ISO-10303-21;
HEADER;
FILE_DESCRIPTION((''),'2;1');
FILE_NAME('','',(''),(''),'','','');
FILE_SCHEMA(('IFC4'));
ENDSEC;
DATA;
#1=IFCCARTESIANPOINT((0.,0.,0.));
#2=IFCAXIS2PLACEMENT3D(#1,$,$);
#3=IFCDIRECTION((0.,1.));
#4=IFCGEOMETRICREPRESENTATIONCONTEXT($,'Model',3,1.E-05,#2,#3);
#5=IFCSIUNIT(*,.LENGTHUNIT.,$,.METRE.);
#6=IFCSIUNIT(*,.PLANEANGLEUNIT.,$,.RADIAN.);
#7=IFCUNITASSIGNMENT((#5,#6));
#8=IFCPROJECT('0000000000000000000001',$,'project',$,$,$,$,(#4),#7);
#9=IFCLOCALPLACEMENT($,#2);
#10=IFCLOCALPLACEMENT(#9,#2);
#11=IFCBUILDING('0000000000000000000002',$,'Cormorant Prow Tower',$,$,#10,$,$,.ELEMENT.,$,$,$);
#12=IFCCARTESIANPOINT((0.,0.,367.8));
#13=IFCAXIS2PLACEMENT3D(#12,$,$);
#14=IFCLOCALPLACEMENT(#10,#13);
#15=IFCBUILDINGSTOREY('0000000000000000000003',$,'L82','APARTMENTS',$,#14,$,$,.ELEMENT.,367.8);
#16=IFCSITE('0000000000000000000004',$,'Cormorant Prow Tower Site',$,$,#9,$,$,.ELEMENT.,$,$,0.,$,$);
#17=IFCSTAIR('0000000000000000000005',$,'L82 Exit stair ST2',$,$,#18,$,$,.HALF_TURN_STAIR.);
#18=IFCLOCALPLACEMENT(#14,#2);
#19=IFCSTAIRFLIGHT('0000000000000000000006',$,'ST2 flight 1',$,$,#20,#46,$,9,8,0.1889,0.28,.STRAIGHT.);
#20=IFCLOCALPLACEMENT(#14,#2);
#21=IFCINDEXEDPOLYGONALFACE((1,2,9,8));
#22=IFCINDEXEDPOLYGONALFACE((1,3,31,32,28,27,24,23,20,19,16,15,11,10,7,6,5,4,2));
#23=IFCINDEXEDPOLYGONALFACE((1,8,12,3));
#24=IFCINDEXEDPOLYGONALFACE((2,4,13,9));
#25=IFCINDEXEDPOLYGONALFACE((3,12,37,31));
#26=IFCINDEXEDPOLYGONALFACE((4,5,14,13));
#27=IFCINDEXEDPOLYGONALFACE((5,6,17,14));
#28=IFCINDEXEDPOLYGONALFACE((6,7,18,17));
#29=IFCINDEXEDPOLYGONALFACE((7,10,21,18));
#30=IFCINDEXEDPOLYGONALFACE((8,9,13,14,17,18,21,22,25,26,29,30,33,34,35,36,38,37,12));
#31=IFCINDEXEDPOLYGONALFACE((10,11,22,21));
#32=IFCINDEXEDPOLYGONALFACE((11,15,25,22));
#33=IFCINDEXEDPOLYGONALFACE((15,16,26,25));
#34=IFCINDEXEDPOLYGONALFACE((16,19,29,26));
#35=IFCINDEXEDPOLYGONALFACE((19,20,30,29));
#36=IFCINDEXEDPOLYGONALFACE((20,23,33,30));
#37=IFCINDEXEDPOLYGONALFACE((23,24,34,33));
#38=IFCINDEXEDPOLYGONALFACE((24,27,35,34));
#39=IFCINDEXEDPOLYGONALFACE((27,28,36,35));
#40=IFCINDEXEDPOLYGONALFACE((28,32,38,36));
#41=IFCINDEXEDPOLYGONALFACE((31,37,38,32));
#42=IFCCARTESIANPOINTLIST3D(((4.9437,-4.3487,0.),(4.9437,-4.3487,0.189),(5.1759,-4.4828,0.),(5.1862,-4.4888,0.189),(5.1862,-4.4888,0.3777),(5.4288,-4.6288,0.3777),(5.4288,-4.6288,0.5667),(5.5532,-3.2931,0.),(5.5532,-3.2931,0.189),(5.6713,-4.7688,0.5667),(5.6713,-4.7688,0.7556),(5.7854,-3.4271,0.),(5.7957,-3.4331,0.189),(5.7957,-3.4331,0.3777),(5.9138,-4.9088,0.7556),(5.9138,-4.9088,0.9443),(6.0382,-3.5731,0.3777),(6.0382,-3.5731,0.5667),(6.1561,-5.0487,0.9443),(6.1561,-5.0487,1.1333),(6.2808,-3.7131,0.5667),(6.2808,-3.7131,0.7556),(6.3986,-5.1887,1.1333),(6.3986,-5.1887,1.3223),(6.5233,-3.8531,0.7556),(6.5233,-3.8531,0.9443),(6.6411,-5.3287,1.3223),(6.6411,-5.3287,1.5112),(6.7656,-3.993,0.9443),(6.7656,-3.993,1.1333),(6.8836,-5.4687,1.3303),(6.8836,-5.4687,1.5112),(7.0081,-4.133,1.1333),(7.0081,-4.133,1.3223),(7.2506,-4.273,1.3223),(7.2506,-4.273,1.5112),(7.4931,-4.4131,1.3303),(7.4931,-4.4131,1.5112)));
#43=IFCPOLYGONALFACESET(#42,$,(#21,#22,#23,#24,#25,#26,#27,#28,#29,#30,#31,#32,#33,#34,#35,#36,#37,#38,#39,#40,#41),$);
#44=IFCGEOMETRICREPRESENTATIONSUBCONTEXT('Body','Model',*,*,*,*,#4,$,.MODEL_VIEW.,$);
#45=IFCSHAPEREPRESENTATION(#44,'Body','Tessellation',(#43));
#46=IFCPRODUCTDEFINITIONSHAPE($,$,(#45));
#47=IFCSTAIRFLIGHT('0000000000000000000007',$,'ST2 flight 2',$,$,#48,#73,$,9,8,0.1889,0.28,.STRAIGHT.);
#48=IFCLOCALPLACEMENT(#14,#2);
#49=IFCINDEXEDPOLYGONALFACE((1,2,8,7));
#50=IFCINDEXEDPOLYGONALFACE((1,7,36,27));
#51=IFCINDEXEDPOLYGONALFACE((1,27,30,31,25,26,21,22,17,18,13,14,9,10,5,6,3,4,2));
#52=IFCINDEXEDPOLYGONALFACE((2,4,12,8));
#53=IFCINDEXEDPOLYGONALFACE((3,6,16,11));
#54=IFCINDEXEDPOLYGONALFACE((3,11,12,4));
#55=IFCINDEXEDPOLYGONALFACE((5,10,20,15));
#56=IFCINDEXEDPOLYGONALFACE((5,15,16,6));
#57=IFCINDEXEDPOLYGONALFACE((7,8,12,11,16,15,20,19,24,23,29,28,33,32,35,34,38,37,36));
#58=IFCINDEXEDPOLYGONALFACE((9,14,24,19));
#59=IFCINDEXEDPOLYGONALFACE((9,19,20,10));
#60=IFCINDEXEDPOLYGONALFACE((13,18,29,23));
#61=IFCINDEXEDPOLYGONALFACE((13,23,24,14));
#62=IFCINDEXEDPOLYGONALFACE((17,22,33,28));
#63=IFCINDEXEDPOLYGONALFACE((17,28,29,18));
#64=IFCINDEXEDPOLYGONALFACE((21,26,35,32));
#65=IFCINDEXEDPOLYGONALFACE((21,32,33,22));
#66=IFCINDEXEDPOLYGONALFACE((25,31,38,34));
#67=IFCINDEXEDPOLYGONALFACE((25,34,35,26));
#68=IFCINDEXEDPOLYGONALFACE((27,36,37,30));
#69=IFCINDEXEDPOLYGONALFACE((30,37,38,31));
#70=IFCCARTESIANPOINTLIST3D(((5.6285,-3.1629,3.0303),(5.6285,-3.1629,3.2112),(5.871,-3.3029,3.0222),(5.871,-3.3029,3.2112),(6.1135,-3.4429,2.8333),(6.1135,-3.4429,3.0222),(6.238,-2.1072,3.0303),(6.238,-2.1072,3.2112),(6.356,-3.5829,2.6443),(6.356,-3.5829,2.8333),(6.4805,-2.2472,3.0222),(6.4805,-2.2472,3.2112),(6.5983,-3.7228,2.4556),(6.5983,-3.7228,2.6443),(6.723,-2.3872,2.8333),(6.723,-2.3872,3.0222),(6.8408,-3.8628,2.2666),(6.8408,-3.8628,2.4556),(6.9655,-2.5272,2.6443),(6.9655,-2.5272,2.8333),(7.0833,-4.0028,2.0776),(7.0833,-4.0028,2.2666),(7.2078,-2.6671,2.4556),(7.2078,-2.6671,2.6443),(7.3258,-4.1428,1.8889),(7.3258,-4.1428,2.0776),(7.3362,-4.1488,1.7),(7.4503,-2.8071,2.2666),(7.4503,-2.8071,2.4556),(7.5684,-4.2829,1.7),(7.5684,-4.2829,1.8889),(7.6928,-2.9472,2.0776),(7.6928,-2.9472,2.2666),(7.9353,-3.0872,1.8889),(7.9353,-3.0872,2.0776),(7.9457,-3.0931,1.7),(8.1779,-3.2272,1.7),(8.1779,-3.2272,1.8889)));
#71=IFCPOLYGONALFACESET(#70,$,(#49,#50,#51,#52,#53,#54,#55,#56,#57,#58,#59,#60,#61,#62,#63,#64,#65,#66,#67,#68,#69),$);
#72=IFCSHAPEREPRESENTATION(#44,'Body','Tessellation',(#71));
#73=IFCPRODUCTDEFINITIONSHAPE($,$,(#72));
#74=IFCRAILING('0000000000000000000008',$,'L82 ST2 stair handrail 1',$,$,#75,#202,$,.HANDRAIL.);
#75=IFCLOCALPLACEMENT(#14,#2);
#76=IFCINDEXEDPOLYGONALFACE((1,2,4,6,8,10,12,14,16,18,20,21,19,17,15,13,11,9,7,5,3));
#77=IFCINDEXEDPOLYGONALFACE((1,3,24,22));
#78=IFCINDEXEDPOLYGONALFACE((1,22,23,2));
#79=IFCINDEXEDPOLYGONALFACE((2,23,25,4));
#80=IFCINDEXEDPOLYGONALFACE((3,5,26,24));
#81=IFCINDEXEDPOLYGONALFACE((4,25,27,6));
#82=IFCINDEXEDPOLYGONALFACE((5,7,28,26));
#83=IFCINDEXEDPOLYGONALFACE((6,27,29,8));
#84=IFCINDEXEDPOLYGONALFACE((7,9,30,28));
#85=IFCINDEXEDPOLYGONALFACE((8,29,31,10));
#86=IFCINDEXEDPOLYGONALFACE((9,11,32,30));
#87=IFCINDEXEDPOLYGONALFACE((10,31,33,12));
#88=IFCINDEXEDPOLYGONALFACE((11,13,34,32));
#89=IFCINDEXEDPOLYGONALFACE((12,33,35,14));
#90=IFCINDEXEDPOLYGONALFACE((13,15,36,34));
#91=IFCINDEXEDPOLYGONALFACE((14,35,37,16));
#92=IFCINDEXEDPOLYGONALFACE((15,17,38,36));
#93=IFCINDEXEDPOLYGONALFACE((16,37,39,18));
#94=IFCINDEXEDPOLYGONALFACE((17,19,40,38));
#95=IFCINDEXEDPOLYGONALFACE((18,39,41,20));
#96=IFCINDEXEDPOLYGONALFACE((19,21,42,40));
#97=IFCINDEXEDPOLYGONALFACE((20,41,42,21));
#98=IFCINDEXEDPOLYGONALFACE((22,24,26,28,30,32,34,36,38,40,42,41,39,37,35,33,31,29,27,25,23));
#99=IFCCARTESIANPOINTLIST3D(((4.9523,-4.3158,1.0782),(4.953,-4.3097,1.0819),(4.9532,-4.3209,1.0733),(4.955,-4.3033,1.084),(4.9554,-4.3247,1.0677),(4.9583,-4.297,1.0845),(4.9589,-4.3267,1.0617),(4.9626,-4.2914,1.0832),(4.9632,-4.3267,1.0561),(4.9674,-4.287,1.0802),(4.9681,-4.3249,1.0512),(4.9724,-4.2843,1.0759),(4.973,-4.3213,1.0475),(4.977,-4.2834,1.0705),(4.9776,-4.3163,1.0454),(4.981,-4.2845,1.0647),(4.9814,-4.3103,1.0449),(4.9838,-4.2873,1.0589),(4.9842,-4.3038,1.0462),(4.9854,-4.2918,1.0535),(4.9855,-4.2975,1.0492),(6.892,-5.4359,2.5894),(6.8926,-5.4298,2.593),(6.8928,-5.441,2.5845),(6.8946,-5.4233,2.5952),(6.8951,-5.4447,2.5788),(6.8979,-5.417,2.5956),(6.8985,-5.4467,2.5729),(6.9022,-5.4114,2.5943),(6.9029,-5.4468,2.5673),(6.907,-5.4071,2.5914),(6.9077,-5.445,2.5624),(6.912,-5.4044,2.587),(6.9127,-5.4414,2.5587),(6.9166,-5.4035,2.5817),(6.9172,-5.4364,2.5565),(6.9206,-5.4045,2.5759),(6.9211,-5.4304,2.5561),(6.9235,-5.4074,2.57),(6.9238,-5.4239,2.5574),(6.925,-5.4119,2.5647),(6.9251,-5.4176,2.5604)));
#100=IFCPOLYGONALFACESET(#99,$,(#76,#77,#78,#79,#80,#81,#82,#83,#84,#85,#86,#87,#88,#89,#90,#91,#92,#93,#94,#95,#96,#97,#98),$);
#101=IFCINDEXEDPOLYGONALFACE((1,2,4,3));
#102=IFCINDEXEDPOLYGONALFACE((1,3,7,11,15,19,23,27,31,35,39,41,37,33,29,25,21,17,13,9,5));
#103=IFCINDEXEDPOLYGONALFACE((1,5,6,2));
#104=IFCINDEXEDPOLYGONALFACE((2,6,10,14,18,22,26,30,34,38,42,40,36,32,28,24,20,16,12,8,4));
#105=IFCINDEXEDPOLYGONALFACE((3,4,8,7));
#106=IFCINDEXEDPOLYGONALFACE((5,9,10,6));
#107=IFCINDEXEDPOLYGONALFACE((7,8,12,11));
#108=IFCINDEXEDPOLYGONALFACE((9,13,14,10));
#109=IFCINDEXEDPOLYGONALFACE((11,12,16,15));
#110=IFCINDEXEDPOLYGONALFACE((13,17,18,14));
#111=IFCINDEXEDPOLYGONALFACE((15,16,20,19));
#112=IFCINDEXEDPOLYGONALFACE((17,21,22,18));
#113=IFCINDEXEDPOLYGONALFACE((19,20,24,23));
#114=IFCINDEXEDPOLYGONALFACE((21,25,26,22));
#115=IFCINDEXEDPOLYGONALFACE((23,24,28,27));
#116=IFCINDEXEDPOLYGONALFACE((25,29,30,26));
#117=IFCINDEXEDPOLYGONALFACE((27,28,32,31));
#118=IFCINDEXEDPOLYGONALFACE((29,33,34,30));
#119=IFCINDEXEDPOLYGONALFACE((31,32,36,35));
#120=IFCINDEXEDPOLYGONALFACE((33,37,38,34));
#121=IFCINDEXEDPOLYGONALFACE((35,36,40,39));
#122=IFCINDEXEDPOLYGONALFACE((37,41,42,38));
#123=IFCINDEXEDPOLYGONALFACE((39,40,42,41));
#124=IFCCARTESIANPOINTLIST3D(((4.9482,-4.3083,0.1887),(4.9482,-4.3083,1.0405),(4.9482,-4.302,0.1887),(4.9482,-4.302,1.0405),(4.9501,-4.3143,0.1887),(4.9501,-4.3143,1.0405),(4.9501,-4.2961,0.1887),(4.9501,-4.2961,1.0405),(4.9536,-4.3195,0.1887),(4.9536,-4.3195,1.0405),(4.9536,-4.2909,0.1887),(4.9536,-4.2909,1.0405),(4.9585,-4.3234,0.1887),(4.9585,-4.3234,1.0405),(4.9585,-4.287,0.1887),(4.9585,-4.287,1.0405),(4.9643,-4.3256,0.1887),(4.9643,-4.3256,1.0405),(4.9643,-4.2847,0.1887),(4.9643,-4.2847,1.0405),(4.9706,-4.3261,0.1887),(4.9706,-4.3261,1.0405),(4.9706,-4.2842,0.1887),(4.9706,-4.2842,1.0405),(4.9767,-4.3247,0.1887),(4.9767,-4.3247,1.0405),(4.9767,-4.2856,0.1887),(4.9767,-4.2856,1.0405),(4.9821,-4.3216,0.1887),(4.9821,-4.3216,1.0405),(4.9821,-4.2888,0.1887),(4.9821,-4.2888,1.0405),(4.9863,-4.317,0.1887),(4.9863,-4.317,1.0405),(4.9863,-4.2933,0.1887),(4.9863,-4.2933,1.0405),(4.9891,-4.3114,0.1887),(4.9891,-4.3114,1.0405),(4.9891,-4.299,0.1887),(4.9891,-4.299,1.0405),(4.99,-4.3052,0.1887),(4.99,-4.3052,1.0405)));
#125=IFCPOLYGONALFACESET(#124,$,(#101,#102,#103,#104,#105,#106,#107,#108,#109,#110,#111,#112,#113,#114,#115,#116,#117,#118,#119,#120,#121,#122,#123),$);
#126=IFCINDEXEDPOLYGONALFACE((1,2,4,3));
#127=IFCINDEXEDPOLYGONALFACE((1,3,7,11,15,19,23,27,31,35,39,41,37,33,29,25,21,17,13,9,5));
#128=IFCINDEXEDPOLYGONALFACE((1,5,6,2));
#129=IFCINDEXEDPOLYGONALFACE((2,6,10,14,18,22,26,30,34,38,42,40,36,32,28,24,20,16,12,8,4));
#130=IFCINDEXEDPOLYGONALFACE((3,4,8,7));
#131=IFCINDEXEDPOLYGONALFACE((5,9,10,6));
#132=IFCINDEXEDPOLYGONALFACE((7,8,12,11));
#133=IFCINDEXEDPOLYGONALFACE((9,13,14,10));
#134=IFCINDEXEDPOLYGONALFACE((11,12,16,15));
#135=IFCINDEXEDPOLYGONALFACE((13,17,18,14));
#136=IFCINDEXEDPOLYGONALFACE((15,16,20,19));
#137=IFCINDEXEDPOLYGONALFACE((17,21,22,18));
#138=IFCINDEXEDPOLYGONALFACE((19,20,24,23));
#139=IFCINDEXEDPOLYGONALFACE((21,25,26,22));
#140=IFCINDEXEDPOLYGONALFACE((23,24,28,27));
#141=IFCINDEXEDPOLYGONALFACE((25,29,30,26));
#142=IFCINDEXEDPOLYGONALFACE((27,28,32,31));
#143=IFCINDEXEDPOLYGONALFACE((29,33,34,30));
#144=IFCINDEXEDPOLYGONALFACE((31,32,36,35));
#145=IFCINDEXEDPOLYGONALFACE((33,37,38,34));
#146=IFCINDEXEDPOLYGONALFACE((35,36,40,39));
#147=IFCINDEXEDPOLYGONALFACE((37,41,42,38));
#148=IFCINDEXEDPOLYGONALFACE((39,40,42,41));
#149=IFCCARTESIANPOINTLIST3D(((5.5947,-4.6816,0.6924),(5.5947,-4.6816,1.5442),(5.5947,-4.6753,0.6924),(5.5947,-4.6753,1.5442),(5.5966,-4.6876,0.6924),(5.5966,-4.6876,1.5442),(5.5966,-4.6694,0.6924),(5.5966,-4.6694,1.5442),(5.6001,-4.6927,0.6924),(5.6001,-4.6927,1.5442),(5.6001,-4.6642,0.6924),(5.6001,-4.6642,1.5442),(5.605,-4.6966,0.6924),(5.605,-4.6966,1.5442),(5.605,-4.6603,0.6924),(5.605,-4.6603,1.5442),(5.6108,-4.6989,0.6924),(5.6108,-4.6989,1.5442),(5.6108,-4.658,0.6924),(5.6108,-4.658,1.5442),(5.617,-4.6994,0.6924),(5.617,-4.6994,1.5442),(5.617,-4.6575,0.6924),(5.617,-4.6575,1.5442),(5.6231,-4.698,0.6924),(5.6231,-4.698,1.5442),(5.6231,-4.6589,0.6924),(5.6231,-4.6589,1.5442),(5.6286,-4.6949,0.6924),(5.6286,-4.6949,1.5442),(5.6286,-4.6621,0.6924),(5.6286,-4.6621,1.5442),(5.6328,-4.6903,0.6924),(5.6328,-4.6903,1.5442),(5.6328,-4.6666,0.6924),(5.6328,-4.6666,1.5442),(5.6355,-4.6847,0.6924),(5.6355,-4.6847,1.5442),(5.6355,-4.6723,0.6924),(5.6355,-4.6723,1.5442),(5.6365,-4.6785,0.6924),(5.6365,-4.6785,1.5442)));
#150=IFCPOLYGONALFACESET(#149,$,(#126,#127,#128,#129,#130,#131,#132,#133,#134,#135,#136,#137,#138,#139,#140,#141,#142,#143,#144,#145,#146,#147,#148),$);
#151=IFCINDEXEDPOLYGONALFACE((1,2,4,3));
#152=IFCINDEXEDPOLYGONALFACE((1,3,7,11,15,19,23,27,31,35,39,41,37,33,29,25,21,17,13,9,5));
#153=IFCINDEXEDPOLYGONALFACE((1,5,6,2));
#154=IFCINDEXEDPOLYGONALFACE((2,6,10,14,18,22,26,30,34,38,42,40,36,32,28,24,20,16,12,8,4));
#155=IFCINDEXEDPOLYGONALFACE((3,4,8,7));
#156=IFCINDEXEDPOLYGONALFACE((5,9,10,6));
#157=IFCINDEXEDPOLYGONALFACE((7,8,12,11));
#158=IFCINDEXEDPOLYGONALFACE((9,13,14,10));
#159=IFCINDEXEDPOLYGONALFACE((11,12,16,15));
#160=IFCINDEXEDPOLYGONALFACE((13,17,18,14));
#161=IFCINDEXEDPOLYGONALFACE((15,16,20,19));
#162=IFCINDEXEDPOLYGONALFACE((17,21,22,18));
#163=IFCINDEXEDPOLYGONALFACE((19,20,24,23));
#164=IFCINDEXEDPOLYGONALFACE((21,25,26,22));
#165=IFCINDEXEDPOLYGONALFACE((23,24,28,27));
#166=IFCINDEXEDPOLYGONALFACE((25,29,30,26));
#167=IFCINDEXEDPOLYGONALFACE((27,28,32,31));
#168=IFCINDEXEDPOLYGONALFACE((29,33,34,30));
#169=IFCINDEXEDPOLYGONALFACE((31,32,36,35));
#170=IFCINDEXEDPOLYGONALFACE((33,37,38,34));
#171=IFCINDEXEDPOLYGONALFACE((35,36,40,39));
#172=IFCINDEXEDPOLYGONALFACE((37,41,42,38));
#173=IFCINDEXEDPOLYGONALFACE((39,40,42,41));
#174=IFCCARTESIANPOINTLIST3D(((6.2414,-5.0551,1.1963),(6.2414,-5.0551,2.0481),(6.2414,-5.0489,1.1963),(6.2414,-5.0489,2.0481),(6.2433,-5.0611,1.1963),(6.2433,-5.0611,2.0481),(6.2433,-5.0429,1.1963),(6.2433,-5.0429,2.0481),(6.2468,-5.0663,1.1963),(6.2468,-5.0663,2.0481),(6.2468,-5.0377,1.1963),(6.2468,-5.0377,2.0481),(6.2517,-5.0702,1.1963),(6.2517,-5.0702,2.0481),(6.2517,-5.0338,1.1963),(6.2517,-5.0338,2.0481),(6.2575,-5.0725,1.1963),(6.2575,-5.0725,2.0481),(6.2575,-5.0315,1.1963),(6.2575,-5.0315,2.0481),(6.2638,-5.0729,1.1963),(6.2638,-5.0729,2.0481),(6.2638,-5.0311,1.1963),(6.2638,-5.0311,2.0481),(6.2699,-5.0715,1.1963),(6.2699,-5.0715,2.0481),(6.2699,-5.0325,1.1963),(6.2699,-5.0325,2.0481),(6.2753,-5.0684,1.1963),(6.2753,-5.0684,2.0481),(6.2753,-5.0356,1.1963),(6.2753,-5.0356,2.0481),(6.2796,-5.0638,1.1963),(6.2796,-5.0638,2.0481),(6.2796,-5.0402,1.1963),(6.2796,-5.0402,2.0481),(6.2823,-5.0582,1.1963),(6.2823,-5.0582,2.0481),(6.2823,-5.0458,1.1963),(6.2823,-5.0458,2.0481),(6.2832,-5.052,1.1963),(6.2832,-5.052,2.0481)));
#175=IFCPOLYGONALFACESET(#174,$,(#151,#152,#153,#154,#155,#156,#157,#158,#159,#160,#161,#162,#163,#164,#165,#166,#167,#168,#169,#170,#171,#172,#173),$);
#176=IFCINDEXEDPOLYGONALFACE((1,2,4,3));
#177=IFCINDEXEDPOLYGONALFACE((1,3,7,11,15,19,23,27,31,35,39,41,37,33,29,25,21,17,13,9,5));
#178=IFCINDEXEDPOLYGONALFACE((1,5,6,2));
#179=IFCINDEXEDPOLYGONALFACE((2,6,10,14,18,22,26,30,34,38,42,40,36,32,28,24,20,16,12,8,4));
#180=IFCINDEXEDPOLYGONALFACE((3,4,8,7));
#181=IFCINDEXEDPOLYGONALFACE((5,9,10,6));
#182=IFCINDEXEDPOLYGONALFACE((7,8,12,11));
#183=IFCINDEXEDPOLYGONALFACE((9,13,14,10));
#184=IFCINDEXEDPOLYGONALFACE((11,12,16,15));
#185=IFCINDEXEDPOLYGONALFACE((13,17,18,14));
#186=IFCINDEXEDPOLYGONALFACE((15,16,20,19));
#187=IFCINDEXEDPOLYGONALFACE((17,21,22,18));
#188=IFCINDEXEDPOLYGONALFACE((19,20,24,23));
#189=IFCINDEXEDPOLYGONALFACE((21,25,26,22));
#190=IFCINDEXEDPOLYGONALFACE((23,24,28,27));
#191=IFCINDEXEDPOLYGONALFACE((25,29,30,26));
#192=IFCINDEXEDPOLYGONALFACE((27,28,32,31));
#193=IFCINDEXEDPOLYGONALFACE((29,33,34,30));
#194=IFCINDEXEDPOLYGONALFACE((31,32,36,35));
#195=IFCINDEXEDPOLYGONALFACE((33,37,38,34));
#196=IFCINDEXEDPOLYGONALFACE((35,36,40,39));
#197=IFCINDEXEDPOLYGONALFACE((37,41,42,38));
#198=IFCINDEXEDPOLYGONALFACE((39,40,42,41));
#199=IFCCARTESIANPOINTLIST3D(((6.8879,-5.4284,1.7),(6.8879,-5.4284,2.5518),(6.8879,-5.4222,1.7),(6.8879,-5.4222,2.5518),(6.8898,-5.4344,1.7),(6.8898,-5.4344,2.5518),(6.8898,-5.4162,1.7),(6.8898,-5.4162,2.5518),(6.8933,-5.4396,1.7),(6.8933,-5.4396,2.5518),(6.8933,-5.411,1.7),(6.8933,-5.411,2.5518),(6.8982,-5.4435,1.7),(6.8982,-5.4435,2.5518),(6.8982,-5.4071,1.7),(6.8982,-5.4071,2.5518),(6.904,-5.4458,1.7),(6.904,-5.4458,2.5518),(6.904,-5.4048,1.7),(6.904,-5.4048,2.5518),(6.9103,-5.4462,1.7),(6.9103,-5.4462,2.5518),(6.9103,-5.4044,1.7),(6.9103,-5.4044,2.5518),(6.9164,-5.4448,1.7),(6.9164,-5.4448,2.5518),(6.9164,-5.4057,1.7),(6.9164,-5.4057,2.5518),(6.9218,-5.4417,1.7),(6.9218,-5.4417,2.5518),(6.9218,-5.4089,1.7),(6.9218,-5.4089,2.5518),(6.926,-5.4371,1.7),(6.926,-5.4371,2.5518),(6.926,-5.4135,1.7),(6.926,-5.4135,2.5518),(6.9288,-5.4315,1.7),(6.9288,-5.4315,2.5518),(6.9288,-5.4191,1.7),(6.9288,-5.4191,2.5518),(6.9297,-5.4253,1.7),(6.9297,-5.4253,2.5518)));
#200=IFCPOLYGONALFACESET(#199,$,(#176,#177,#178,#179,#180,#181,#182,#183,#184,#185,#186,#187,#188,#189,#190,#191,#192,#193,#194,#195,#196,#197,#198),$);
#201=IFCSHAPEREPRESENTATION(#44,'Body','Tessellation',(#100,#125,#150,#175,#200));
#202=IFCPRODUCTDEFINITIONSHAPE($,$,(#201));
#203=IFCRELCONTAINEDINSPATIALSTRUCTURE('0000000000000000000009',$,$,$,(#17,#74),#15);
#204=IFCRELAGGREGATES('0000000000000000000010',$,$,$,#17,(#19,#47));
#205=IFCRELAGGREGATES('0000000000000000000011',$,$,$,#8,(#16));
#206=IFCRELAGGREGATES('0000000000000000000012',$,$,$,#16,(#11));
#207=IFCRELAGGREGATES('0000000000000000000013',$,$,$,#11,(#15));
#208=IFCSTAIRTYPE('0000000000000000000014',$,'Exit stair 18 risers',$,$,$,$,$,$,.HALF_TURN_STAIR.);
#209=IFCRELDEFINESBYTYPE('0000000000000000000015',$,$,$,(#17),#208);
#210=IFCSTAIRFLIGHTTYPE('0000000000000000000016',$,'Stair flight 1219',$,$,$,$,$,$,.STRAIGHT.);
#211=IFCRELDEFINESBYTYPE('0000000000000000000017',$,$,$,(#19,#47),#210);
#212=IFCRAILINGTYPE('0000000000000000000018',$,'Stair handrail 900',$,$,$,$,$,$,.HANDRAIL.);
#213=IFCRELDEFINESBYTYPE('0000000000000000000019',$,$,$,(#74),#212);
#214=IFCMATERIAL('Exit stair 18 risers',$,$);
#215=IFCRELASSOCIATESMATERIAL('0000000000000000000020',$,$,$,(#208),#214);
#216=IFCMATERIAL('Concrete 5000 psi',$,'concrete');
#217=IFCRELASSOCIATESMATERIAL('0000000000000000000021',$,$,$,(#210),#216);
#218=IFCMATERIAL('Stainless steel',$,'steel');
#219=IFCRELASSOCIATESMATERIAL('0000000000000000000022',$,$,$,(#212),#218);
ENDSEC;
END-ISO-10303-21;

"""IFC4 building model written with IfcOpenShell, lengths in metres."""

from ifc_helpers import new_model, si_unit, direction, frame, origin, origin_2d, place, context, subcontext, project, spatial, polyline, circle, outline, extrude, material, type_object, element, aggregate, save


model = new_model("IFC4")

# Units and contexts
model_context = context("Model", 3, precision=1e-05, world=origin(), true_north=direction((0.0, 1.0)))
body_context = subcontext(model_context, "Body", "Model", "MODEL_VIEW")
ifc_project = project(units=[si_unit("LENGTHUNIT", "METRE"), si_unit("PLANEANGLEUNIT", "RADIAN")], contexts=[model_context])

# Site, building, storey
site_placement = place(None, origin())
site = spatial("IfcSite", under=ifc_project, at=site_placement, Name="Cormorant Prow Tower Site", CompositionType="ELEMENT", RefElevation=0.0)
building_placement = place(site_placement, origin())
building = spatial("IfcBuilding", under=site, at=building_placement, Name="Cormorant Prow Tower", CompositionType="ELEMENT")
storey_placement = place(building_placement, frame((0.0, 0.0, 367.8)))
storey = spatial("IfcBuildingStorey", under=building, at=storey_placement, Name="L82", Description="APARTMENTS", CompositionType="ELEMENT", Elevation=367.8)

# Stair, stair flights
ifc_material_1 = material(Name="Exit stair 18 risers")
stair_type = type_object("IfcStairType", Name="Exit stair 18 risers", PredefinedType="HALF_TURN_STAIR", material=ifc_material_1)
stair_placement = place(storey_placement, origin())
stair = element("IfcStair", 1, at=stair_placement, inside=storey, type_object=stair_type, Name="L82 Exit stair ST2", PredefinedType="HALF_TURN_STAIR")
ifc_material_2 = material(Name="Concrete 5000 psi", Category="concrete")
stair_flight_type = type_object("IfcStairFlightType", Name="Stair flight 1219", PredefinedType="STRAIGHT", material=ifc_material_2)
stair_flight_1_placement = place(storey_placement, frame((5.2485, -3.8208, 0.0), z_axis=(0.0, 0.0, 1.0), x_axis=(0.866025, -0.5, 0.0)))
stair_flight_1 = element("IfcStairFlight", 2, at=stair_flight_1_placement, type_object=stair_flight_type, Name="ST2 flight 1", NumberOfRisers=9, NumberOfTreads=8, PredefinedType="STRAIGHT", RiserHeight=0.1889, TreadLength=0.28, context=body_context, shape_type="SweptSolid", body=[
    extrude(outline(polyline([(0.0, 0.0), (0.0, 0.189), (0.28, 0.189), (0.28, 0.3777), (0.5601, 0.3777), (0.5601, 0.5667), (0.8401, 0.5667), (0.8401, 0.7556), (1.1201, 0.7556), (1.1201, 0.9443), (1.3999, 0.9443), (1.3999, 1.1333), (1.6799, 1.1333), (1.6799, 1.3223), (1.96, 1.3223), (1.96, 1.5112), (2.24, 1.5112), (2.24, 1.7), (2.24, 1.3303), (0.2681, 0.0), (0.0, 0.0)])), frame((0.0, 0.6094, 0.0), z_axis=(0.0, -1.0, 0.0), x_axis=(1.0, 0.0, 0.0)), (0.0, 0.0, 1.0), 1.219),
])
stair_flight_2_placement = place(storey_placement, frame((7.873, -3.7551, 1.7), z_axis=(0.0, 0.0, 1.0), x_axis=(-0.866025, 0.5, 0.0)))
stair_flight_2 = element("IfcStairFlight", 3, at=stair_flight_2_placement, type_object=stair_flight_type, Name="ST2 flight 2", NumberOfRisers=9, NumberOfTreads=8, PredefinedType="STRAIGHT", RiserHeight=0.1889, TreadLength=0.28, context=body_context, shape_type="SweptSolid", body=[
    extrude(outline(polyline([(0.0, 0.0), (0.0, 0.189), (0.28, 0.189), (0.28, 0.3777), (0.5601, 0.3777), (0.5601, 0.5667), (0.8401, 0.5667), (0.8401, 0.7556), (1.1201, 0.7556), (1.1201, 0.9443), (1.3999, 0.9443), (1.3999, 1.1333), (1.6799, 1.1333), (1.6799, 1.3223), (1.96, 1.3223), (1.96, 1.5112), (2.24, 1.5112), (2.24, 1.7), (2.24, 1.3303), (0.2681, 0.0), (0.0, 0.0)])), frame((0.0, 0.6094, 0.0), z_axis=(0.0, -1.0, 0.0), x_axis=(1.0, 0.0, 0.0)), (0.0, 0.0, 1.0), 1.219),
])
aggregate(stair, [stair_flight_1, stair_flight_2])

# Railing
ifc_material_3 = material(Name="Stainless steel", Category="steel")
railing_type = type_object("IfcRailingType", Name="Stair handrail 900", PredefinedType="HANDRAIL", material=ifc_material_3)
railing_1_placement = place(storey_placement, frame((4.969, -4.3052, 0.1887)))
element("IfcRailing", 4, at=railing_1_placement, inside=storey, type_object=railing_type, Name="L82 ST2 stair handrail 1", PredefinedType="HANDRAIL", context=body_context, shape_type="SweptSolid", body=[
    extrude(circle(Radius=0.0239, at=origin_2d()), frame((0.0, 0.0, 0.876), z_axis=(0.71787, -0.414548, 0.559297), x_axis=(0.500078, 0.86598, 0.0)), (0.0, 0.0, 1.0), 2.7019),
    extrude(circle(Radius=0.021, at=origin_2d()), origin(), (0.0, 0.0, 1.0), 0.8518),
    extrude(circle(Radius=0.021, at=origin_2d()), frame((0.6465, -0.3733, 0.5037)), (0.0, 0.0, 1.0), 0.8518),
    extrude(circle(Radius=0.021, at=origin_2d()), frame((1.2932, -0.7468, 1.0076)), (0.0, 0.0, 1.0), 0.8518),
    extrude(circle(Radius=0.021, at=origin_2d()), frame((1.9397, -1.1201, 1.5112)), (0.0, 0.0, 1.0), 0.8518),
])

save(model, "model.ifc")
